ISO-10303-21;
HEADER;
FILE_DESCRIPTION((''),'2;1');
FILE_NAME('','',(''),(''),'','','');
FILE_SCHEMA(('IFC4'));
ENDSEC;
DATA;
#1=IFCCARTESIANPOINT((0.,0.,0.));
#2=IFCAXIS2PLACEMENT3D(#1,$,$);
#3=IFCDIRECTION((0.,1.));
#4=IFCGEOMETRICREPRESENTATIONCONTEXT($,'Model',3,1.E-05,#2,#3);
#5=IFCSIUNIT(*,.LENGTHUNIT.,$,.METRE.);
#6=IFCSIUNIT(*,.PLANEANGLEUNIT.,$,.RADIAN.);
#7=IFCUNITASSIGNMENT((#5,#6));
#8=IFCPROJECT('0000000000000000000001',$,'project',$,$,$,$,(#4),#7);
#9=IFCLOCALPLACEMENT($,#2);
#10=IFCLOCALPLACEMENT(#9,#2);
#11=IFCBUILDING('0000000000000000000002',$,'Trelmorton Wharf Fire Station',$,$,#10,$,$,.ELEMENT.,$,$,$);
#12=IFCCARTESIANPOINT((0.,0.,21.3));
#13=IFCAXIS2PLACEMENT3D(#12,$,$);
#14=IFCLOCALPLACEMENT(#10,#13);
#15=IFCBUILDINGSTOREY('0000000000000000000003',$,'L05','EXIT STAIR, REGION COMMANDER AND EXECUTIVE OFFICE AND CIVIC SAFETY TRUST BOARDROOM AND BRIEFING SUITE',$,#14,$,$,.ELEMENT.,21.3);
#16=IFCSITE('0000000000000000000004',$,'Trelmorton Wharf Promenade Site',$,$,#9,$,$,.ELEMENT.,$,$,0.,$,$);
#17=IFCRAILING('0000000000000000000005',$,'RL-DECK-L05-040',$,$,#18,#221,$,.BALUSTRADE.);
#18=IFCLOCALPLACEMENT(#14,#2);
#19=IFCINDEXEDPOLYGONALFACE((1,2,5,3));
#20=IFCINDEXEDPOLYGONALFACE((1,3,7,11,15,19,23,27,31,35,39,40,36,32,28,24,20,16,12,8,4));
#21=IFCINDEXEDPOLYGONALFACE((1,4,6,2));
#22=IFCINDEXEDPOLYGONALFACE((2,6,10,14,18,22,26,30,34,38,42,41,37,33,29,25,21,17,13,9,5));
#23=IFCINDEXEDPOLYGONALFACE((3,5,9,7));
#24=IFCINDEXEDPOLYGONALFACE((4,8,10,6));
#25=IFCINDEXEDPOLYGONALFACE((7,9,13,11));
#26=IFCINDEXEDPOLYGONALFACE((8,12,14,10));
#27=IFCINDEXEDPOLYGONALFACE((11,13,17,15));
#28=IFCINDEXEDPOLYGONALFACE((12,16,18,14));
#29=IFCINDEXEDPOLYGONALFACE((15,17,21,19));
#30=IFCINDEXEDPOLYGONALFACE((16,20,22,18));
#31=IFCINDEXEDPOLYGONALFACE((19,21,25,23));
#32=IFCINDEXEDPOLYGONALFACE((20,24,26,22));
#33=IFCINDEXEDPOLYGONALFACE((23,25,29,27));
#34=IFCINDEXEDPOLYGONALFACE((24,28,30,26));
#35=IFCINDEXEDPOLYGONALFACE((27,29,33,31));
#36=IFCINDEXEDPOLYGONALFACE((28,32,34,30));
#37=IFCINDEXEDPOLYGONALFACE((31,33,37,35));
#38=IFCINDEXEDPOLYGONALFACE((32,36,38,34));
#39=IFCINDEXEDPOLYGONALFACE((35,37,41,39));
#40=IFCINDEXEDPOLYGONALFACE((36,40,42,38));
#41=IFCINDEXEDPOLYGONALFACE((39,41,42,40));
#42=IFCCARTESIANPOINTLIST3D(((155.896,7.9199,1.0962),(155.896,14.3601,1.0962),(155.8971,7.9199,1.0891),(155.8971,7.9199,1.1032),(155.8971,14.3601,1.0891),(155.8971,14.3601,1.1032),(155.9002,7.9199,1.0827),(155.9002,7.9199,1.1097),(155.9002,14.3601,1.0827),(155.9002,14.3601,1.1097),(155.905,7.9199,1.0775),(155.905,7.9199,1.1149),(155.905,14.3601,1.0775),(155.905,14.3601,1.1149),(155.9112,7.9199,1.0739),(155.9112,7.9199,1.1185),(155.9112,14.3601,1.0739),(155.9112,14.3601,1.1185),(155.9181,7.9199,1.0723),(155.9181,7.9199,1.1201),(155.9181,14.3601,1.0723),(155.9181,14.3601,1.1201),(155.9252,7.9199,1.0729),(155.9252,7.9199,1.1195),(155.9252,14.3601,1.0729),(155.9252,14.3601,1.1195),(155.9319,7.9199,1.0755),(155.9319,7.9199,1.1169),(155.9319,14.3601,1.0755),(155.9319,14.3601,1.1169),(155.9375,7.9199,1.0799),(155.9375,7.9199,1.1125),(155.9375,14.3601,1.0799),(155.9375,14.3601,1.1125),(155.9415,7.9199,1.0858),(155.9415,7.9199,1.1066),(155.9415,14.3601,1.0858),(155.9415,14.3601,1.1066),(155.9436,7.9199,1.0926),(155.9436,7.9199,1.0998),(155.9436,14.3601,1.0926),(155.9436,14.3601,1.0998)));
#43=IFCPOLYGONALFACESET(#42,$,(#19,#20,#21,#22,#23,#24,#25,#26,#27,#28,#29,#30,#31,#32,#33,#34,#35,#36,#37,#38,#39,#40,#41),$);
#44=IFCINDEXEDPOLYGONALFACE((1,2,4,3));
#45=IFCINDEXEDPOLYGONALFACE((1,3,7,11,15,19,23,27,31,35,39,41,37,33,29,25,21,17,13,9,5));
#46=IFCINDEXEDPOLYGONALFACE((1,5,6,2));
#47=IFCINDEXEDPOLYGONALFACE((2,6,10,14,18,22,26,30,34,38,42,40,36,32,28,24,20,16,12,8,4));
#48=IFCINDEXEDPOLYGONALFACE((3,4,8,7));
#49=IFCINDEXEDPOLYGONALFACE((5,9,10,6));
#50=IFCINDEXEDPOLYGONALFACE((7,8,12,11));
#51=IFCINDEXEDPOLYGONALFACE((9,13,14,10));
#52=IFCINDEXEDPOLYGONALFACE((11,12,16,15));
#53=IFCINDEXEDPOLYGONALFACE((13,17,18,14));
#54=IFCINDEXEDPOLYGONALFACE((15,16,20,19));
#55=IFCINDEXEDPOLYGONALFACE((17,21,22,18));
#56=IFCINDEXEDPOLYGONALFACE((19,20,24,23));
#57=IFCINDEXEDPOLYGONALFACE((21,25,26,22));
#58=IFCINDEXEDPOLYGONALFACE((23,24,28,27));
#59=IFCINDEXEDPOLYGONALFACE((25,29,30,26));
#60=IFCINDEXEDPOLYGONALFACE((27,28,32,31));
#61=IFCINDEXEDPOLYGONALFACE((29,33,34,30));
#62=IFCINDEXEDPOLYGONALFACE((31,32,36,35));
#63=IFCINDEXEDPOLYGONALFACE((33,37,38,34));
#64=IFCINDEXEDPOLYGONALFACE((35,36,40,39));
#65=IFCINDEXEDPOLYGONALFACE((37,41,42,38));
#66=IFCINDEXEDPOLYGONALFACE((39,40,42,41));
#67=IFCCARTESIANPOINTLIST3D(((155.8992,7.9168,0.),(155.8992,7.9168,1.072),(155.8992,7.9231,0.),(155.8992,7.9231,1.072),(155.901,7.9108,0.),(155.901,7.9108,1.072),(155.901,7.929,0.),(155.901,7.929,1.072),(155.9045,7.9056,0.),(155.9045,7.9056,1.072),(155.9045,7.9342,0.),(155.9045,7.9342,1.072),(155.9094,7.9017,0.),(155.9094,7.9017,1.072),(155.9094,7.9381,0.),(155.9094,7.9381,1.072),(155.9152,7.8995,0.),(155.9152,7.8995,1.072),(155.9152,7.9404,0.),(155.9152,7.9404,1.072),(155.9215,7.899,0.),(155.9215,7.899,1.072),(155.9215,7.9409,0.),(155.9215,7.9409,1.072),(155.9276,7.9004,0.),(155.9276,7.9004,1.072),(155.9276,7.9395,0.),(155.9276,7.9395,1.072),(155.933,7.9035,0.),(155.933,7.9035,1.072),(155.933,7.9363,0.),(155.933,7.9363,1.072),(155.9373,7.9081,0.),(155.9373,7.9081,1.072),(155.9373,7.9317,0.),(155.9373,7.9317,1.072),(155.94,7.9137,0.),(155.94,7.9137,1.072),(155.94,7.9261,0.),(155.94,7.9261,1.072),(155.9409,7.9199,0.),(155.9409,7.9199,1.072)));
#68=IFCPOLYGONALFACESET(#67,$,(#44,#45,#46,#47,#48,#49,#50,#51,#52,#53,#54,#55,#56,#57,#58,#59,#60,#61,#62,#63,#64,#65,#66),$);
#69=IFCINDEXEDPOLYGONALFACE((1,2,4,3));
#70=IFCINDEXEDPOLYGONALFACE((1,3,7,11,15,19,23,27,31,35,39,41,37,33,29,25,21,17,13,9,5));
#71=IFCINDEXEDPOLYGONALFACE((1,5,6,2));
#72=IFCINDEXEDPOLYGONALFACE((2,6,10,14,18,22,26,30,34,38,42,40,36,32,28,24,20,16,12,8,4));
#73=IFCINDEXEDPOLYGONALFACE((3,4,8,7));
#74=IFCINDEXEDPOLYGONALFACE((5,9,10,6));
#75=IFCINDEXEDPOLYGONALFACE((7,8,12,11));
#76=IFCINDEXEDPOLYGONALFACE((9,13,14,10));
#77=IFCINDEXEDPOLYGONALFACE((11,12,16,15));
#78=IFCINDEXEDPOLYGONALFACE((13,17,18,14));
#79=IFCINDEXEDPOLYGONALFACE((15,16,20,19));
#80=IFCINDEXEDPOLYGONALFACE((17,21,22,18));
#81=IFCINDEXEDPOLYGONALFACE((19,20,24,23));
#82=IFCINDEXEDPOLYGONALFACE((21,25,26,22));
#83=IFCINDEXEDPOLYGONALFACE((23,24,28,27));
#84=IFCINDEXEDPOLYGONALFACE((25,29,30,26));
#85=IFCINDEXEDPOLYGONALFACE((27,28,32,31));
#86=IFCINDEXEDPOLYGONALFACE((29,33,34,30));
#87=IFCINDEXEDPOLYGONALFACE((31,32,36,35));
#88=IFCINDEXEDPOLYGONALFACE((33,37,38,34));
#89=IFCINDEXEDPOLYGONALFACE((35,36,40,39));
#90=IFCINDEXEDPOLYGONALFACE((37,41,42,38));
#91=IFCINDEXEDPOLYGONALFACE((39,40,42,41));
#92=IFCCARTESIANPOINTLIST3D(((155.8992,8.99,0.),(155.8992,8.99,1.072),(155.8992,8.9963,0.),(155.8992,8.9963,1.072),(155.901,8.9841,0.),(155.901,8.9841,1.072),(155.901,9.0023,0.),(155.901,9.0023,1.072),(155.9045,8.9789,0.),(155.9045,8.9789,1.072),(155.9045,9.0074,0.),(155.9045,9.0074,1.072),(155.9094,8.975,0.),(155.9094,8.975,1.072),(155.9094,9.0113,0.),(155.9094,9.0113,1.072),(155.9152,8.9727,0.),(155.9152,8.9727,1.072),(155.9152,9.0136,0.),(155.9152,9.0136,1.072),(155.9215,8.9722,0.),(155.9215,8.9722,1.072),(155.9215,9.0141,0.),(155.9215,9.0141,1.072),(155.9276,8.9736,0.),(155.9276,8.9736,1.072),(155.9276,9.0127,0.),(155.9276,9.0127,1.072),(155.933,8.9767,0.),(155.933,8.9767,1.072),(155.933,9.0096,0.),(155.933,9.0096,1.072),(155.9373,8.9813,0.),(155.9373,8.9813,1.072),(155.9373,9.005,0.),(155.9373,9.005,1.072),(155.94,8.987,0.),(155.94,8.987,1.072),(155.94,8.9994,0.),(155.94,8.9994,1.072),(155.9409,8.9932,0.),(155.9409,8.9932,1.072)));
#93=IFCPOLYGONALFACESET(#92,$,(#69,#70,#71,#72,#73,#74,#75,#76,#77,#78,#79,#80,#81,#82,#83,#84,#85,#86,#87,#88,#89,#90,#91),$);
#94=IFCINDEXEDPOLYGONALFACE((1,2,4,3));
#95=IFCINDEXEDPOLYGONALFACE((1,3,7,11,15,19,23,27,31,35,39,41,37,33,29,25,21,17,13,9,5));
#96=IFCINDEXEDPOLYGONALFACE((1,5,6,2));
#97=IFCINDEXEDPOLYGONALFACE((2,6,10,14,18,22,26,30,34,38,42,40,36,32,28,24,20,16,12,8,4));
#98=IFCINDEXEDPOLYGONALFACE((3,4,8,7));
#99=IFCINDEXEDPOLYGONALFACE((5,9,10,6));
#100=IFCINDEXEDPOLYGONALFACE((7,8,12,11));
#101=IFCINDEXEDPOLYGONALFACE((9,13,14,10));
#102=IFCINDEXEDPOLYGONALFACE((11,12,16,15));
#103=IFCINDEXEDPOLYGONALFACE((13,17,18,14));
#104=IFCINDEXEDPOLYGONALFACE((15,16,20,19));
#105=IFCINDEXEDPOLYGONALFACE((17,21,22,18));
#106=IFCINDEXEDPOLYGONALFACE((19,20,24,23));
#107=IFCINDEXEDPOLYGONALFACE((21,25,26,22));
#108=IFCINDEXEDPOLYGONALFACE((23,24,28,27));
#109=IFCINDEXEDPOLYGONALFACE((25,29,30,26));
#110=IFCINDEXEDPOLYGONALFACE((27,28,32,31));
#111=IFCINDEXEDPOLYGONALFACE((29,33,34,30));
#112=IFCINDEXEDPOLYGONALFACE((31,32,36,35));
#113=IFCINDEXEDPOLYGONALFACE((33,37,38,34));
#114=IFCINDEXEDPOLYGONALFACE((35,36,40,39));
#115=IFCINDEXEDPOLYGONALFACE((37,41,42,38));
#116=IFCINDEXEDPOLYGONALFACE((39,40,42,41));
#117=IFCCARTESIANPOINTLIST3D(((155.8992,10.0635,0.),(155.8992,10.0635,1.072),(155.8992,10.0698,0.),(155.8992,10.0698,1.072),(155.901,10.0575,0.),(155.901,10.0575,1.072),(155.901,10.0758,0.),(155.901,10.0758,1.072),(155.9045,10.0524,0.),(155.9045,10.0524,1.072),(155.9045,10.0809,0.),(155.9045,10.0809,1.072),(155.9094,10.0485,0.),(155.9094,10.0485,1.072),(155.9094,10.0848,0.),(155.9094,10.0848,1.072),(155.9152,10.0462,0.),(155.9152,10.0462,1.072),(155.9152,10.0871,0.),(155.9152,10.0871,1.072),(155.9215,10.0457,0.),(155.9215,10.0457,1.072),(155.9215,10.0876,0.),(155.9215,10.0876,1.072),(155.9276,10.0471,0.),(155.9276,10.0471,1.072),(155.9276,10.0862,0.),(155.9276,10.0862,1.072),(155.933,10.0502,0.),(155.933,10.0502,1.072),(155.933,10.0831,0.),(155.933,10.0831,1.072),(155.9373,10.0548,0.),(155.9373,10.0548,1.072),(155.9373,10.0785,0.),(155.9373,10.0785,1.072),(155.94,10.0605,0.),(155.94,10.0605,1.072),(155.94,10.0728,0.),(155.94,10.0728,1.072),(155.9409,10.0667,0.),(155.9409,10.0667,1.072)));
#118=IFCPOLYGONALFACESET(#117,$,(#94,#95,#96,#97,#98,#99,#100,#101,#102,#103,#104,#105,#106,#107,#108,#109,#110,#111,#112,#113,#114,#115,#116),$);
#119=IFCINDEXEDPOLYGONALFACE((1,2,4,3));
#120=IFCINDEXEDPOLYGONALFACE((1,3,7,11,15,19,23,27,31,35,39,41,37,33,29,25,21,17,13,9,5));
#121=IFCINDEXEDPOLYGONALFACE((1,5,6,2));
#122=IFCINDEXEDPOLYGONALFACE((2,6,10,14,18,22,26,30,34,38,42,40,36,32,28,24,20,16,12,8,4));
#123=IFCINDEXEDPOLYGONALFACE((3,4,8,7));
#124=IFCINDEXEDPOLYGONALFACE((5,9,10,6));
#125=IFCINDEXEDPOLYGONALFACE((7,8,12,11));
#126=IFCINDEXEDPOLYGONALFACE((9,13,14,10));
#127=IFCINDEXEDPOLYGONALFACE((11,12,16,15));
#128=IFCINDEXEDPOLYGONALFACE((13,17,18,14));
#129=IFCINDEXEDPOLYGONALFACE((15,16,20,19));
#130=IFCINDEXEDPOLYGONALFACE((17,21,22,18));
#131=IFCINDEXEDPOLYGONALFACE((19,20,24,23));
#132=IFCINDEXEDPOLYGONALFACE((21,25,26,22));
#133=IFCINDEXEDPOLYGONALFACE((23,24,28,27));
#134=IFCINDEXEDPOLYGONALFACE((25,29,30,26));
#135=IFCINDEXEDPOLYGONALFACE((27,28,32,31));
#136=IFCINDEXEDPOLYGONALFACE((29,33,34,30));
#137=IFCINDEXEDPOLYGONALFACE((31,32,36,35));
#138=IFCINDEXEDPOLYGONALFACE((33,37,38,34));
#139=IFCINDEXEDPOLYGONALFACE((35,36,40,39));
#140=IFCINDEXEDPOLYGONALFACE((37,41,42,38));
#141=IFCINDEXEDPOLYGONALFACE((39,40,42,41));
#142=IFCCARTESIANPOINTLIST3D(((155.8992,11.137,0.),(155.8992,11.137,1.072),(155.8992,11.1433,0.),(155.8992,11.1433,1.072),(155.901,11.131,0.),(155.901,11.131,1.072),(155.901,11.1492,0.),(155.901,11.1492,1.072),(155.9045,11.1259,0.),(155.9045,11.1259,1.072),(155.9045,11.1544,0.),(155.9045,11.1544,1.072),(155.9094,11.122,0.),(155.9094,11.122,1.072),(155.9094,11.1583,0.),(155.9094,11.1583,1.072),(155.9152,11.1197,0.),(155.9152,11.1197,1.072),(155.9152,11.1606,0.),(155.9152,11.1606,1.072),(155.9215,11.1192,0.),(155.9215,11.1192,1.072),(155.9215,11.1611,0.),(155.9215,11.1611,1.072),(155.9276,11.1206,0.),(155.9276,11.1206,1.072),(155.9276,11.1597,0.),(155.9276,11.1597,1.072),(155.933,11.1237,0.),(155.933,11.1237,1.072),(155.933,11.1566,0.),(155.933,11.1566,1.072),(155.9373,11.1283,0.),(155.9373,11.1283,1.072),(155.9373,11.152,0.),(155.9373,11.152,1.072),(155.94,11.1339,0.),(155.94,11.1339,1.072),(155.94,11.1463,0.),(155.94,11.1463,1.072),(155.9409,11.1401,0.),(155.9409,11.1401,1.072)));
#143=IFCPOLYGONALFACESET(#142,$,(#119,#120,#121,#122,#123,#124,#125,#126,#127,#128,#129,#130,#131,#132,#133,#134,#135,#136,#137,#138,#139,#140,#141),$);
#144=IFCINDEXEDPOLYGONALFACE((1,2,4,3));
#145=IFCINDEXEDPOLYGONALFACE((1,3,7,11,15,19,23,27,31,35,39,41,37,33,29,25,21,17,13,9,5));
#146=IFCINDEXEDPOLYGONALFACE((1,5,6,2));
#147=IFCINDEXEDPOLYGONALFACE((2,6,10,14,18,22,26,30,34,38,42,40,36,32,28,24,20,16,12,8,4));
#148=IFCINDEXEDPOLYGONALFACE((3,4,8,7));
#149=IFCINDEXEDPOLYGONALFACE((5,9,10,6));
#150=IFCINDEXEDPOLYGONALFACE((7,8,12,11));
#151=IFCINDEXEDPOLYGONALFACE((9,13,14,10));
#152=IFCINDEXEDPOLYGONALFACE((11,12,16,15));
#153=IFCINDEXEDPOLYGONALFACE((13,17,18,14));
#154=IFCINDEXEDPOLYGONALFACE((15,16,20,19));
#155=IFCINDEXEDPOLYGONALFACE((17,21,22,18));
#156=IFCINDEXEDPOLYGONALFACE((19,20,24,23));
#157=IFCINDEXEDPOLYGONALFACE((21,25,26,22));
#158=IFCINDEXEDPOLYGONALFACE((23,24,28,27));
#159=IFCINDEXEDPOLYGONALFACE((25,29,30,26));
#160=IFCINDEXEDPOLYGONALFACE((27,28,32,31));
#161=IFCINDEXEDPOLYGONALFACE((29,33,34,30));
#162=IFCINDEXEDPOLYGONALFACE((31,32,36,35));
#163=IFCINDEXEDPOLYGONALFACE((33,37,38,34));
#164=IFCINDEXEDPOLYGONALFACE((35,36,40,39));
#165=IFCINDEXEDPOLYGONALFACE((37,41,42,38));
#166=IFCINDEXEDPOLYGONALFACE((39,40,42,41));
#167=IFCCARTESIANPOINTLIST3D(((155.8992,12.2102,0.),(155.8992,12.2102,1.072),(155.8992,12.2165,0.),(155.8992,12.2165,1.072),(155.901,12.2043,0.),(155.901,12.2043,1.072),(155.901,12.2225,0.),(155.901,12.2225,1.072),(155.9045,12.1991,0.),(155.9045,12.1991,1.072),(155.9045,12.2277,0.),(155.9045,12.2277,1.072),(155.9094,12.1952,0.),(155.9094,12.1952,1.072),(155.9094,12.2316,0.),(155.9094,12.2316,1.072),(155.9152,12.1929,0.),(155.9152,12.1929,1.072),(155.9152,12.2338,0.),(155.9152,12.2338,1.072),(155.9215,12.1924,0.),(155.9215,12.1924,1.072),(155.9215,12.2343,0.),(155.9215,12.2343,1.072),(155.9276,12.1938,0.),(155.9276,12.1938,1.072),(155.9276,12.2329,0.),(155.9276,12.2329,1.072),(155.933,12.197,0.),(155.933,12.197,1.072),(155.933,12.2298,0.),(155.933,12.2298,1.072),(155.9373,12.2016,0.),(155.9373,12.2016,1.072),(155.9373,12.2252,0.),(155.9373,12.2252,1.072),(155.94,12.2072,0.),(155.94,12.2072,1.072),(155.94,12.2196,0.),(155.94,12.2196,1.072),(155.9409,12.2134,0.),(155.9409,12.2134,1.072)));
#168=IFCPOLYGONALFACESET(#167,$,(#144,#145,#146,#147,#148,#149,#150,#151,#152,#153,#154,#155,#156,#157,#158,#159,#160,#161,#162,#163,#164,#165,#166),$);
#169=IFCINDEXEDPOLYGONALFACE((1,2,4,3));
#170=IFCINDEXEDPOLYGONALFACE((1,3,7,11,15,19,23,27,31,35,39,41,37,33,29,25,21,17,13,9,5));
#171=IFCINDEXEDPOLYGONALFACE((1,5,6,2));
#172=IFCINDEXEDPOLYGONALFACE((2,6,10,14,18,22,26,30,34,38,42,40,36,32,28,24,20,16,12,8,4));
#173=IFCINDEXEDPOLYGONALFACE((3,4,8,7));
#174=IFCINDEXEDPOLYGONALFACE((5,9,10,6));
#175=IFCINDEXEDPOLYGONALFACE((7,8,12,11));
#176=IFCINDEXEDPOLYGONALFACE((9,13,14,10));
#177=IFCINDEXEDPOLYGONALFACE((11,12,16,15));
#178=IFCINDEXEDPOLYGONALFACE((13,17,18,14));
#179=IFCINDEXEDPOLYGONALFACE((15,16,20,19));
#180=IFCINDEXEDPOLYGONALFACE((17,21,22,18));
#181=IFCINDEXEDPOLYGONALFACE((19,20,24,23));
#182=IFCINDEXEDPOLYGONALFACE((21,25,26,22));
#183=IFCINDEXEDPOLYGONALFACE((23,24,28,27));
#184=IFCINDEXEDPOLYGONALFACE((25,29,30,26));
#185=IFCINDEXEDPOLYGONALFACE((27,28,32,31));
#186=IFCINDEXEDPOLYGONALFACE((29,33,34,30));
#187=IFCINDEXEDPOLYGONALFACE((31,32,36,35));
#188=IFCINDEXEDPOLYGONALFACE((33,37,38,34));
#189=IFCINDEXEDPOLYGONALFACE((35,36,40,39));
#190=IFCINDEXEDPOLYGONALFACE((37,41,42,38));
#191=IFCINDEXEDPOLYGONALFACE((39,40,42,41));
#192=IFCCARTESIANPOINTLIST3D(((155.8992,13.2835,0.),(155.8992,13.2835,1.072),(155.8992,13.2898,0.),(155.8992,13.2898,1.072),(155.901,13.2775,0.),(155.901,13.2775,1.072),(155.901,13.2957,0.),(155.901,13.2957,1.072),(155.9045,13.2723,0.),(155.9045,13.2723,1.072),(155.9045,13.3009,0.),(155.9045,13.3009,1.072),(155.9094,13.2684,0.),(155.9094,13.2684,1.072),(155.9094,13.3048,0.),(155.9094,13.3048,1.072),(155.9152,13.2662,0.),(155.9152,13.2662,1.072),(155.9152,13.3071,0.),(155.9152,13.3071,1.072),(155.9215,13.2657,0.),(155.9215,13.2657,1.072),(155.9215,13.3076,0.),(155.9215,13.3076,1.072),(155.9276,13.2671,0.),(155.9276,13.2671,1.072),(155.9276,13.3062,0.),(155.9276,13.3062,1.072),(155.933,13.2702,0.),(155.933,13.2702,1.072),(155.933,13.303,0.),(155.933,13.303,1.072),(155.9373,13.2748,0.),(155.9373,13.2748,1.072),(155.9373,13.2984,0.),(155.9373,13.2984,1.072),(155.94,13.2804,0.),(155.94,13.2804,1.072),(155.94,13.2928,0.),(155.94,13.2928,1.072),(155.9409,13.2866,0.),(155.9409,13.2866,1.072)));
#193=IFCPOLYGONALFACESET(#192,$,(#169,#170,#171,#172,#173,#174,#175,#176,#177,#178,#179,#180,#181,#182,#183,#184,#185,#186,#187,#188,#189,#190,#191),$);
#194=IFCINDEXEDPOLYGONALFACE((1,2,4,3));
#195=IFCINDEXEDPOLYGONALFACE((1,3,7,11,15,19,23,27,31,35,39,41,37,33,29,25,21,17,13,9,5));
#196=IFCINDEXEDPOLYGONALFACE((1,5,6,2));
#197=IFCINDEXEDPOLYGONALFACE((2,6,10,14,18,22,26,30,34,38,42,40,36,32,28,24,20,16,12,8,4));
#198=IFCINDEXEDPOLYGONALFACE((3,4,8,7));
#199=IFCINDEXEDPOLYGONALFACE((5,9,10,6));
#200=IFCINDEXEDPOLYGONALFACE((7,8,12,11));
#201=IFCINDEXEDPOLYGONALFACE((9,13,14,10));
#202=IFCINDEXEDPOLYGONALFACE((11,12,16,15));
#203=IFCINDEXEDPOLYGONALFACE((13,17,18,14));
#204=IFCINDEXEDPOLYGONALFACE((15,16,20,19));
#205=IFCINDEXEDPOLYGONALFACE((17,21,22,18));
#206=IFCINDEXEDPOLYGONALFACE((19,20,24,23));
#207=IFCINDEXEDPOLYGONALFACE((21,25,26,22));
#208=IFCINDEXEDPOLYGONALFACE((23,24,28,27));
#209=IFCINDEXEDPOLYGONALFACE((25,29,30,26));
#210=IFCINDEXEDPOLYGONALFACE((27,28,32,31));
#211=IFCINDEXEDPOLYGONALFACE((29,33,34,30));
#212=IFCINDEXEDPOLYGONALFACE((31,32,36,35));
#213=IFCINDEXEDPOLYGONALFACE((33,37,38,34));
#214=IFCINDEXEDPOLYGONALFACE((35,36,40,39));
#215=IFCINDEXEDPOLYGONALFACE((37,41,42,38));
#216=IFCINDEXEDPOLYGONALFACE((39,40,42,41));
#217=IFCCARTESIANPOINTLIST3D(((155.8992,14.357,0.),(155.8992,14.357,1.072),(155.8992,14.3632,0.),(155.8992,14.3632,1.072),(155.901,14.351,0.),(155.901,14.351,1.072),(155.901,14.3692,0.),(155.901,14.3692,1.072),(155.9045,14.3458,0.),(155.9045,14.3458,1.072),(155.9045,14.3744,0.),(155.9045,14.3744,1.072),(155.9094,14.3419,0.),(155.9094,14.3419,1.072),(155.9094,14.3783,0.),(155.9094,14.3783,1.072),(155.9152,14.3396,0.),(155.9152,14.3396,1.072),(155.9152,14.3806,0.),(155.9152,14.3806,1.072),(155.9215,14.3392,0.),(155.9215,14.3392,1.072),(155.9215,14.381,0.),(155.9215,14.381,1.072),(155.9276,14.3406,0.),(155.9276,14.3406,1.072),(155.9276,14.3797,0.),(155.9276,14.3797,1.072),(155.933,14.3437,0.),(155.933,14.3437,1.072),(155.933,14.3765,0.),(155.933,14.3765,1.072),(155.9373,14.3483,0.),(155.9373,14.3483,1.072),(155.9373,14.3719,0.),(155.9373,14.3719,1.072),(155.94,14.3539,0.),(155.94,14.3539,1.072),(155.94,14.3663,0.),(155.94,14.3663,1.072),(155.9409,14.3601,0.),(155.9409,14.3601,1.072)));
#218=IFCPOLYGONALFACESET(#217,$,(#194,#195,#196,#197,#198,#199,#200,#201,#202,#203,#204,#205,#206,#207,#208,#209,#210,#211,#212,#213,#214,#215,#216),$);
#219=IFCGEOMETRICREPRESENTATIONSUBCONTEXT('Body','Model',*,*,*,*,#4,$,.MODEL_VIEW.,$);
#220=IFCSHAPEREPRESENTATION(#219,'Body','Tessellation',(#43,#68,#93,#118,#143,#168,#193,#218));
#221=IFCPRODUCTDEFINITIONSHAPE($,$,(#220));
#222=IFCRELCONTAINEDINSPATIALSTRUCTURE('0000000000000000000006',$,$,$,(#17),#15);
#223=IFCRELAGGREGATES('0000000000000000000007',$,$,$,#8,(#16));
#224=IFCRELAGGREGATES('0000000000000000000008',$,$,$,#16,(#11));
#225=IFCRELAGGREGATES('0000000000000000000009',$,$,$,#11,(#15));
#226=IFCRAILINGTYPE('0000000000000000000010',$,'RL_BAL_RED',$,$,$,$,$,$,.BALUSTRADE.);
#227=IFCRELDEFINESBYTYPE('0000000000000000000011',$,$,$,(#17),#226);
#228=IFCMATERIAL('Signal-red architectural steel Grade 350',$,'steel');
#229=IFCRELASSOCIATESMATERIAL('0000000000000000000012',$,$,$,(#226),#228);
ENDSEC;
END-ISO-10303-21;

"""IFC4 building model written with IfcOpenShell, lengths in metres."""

from ifc_helpers import new_model, si_unit, direction, frame, origin, origin_2d, place, context, subcontext, project, spatial, circle, extrude, material, type_object, element, save


model = new_model("IFC4")

# Units and contexts
model_context = context("Model", 3, precision=1e-05, world=origin(), true_north=direction((0.0, 1.0)))
body_context = subcontext(model_context, "Body", "Model", "MODEL_VIEW")
ifc_project = project(units=[si_unit("LENGTHUNIT", "METRE"), si_unit("PLANEANGLEUNIT", "RADIAN")], contexts=[model_context])

# Site, building, storey
site_placement = place(None, origin())
site = spatial("IfcSite", under=ifc_project, at=site_placement, Name="Trelmorton Wharf Promenade Site", CompositionType="ELEMENT", RefElevation=0.0)
building_placement = place(site_placement, origin())
building = spatial("IfcBuilding", under=site, at=building_placement, Name="Trelmorton Wharf Fire Station", CompositionType="ELEMENT")
storey_placement = place(building_placement, frame((0.0, 0.0, 21.3)))
storey = spatial("IfcBuildingStorey", under=building, at=storey_placement, Name="L05", Description="EXIT STAIR, REGION COMMANDER AND EXECUTIVE OFFICE AND CIVIC SAFETY TRUST BOARDROOM AND BRIEFING SUITE", CompositionType="ELEMENT", Elevation=21.3)

# Shared definitions
ifc_material_1 = material(Name="Signal-red architectural steel Grade 350", Category="steel")

# Railing
railing_type = type_object("IfcRailingType", Name="RL_BAL_RED", PredefinedType="BALUSTRADE", material=ifc_material_1)
railing_placement = place(storey_placement, frame((155.9199, 7.9199, 0.0)))
element("IfcRailing", 1, at=railing_placement, inside=storey, type_object=railing_type, Name="RL-DECK-L05-040", PredefinedType="BALUSTRADE", context=body_context, shape_type="SweptSolid", body=[
    extrude(circle(Radius=0.0239, at=origin_2d()), frame((0.0, 0.0, 1.0962), z_axis=(0.0, 1.0, 0.0), x_axis=(-1.0, 0.0, 0.0)), (0.0, 0.0, 1.0), 6.4402),
    extrude(circle(Radius=0.021, at=origin_2d()), origin(), (0.0, 0.0, 1.0), 1.072),
    extrude(circle(Radius=0.021, at=origin_2d()), frame((0.0, 1.0732, 0.0)), (0.0, 0.0, 1.0), 1.072),
    extrude(circle(Radius=0.021, at=origin_2d()), frame((0.0, 2.1467, 0.0)), (0.0, 0.0, 1.0), 1.072),
    extrude(circle(Radius=0.021, at=origin_2d()), frame((0.0, 3.2202, 0.0)), (0.0, 0.0, 1.0), 1.072),
    extrude(circle(Radius=0.021, at=origin_2d()), frame((0.0, 4.2935, 0.0)), (0.0, 0.0, 1.0), 1.072),
    extrude(circle(Radius=0.021, at=origin_2d()), frame((0.0, 5.3667, 0.0)), (0.0, 0.0, 1.0), 1.072),
    extrude(circle(Radius=0.021, at=origin_2d()), frame((0.0, 6.4402, 0.0)), (0.0, 0.0, 1.0), 1.072),
])

save(model, "model.ifc")
